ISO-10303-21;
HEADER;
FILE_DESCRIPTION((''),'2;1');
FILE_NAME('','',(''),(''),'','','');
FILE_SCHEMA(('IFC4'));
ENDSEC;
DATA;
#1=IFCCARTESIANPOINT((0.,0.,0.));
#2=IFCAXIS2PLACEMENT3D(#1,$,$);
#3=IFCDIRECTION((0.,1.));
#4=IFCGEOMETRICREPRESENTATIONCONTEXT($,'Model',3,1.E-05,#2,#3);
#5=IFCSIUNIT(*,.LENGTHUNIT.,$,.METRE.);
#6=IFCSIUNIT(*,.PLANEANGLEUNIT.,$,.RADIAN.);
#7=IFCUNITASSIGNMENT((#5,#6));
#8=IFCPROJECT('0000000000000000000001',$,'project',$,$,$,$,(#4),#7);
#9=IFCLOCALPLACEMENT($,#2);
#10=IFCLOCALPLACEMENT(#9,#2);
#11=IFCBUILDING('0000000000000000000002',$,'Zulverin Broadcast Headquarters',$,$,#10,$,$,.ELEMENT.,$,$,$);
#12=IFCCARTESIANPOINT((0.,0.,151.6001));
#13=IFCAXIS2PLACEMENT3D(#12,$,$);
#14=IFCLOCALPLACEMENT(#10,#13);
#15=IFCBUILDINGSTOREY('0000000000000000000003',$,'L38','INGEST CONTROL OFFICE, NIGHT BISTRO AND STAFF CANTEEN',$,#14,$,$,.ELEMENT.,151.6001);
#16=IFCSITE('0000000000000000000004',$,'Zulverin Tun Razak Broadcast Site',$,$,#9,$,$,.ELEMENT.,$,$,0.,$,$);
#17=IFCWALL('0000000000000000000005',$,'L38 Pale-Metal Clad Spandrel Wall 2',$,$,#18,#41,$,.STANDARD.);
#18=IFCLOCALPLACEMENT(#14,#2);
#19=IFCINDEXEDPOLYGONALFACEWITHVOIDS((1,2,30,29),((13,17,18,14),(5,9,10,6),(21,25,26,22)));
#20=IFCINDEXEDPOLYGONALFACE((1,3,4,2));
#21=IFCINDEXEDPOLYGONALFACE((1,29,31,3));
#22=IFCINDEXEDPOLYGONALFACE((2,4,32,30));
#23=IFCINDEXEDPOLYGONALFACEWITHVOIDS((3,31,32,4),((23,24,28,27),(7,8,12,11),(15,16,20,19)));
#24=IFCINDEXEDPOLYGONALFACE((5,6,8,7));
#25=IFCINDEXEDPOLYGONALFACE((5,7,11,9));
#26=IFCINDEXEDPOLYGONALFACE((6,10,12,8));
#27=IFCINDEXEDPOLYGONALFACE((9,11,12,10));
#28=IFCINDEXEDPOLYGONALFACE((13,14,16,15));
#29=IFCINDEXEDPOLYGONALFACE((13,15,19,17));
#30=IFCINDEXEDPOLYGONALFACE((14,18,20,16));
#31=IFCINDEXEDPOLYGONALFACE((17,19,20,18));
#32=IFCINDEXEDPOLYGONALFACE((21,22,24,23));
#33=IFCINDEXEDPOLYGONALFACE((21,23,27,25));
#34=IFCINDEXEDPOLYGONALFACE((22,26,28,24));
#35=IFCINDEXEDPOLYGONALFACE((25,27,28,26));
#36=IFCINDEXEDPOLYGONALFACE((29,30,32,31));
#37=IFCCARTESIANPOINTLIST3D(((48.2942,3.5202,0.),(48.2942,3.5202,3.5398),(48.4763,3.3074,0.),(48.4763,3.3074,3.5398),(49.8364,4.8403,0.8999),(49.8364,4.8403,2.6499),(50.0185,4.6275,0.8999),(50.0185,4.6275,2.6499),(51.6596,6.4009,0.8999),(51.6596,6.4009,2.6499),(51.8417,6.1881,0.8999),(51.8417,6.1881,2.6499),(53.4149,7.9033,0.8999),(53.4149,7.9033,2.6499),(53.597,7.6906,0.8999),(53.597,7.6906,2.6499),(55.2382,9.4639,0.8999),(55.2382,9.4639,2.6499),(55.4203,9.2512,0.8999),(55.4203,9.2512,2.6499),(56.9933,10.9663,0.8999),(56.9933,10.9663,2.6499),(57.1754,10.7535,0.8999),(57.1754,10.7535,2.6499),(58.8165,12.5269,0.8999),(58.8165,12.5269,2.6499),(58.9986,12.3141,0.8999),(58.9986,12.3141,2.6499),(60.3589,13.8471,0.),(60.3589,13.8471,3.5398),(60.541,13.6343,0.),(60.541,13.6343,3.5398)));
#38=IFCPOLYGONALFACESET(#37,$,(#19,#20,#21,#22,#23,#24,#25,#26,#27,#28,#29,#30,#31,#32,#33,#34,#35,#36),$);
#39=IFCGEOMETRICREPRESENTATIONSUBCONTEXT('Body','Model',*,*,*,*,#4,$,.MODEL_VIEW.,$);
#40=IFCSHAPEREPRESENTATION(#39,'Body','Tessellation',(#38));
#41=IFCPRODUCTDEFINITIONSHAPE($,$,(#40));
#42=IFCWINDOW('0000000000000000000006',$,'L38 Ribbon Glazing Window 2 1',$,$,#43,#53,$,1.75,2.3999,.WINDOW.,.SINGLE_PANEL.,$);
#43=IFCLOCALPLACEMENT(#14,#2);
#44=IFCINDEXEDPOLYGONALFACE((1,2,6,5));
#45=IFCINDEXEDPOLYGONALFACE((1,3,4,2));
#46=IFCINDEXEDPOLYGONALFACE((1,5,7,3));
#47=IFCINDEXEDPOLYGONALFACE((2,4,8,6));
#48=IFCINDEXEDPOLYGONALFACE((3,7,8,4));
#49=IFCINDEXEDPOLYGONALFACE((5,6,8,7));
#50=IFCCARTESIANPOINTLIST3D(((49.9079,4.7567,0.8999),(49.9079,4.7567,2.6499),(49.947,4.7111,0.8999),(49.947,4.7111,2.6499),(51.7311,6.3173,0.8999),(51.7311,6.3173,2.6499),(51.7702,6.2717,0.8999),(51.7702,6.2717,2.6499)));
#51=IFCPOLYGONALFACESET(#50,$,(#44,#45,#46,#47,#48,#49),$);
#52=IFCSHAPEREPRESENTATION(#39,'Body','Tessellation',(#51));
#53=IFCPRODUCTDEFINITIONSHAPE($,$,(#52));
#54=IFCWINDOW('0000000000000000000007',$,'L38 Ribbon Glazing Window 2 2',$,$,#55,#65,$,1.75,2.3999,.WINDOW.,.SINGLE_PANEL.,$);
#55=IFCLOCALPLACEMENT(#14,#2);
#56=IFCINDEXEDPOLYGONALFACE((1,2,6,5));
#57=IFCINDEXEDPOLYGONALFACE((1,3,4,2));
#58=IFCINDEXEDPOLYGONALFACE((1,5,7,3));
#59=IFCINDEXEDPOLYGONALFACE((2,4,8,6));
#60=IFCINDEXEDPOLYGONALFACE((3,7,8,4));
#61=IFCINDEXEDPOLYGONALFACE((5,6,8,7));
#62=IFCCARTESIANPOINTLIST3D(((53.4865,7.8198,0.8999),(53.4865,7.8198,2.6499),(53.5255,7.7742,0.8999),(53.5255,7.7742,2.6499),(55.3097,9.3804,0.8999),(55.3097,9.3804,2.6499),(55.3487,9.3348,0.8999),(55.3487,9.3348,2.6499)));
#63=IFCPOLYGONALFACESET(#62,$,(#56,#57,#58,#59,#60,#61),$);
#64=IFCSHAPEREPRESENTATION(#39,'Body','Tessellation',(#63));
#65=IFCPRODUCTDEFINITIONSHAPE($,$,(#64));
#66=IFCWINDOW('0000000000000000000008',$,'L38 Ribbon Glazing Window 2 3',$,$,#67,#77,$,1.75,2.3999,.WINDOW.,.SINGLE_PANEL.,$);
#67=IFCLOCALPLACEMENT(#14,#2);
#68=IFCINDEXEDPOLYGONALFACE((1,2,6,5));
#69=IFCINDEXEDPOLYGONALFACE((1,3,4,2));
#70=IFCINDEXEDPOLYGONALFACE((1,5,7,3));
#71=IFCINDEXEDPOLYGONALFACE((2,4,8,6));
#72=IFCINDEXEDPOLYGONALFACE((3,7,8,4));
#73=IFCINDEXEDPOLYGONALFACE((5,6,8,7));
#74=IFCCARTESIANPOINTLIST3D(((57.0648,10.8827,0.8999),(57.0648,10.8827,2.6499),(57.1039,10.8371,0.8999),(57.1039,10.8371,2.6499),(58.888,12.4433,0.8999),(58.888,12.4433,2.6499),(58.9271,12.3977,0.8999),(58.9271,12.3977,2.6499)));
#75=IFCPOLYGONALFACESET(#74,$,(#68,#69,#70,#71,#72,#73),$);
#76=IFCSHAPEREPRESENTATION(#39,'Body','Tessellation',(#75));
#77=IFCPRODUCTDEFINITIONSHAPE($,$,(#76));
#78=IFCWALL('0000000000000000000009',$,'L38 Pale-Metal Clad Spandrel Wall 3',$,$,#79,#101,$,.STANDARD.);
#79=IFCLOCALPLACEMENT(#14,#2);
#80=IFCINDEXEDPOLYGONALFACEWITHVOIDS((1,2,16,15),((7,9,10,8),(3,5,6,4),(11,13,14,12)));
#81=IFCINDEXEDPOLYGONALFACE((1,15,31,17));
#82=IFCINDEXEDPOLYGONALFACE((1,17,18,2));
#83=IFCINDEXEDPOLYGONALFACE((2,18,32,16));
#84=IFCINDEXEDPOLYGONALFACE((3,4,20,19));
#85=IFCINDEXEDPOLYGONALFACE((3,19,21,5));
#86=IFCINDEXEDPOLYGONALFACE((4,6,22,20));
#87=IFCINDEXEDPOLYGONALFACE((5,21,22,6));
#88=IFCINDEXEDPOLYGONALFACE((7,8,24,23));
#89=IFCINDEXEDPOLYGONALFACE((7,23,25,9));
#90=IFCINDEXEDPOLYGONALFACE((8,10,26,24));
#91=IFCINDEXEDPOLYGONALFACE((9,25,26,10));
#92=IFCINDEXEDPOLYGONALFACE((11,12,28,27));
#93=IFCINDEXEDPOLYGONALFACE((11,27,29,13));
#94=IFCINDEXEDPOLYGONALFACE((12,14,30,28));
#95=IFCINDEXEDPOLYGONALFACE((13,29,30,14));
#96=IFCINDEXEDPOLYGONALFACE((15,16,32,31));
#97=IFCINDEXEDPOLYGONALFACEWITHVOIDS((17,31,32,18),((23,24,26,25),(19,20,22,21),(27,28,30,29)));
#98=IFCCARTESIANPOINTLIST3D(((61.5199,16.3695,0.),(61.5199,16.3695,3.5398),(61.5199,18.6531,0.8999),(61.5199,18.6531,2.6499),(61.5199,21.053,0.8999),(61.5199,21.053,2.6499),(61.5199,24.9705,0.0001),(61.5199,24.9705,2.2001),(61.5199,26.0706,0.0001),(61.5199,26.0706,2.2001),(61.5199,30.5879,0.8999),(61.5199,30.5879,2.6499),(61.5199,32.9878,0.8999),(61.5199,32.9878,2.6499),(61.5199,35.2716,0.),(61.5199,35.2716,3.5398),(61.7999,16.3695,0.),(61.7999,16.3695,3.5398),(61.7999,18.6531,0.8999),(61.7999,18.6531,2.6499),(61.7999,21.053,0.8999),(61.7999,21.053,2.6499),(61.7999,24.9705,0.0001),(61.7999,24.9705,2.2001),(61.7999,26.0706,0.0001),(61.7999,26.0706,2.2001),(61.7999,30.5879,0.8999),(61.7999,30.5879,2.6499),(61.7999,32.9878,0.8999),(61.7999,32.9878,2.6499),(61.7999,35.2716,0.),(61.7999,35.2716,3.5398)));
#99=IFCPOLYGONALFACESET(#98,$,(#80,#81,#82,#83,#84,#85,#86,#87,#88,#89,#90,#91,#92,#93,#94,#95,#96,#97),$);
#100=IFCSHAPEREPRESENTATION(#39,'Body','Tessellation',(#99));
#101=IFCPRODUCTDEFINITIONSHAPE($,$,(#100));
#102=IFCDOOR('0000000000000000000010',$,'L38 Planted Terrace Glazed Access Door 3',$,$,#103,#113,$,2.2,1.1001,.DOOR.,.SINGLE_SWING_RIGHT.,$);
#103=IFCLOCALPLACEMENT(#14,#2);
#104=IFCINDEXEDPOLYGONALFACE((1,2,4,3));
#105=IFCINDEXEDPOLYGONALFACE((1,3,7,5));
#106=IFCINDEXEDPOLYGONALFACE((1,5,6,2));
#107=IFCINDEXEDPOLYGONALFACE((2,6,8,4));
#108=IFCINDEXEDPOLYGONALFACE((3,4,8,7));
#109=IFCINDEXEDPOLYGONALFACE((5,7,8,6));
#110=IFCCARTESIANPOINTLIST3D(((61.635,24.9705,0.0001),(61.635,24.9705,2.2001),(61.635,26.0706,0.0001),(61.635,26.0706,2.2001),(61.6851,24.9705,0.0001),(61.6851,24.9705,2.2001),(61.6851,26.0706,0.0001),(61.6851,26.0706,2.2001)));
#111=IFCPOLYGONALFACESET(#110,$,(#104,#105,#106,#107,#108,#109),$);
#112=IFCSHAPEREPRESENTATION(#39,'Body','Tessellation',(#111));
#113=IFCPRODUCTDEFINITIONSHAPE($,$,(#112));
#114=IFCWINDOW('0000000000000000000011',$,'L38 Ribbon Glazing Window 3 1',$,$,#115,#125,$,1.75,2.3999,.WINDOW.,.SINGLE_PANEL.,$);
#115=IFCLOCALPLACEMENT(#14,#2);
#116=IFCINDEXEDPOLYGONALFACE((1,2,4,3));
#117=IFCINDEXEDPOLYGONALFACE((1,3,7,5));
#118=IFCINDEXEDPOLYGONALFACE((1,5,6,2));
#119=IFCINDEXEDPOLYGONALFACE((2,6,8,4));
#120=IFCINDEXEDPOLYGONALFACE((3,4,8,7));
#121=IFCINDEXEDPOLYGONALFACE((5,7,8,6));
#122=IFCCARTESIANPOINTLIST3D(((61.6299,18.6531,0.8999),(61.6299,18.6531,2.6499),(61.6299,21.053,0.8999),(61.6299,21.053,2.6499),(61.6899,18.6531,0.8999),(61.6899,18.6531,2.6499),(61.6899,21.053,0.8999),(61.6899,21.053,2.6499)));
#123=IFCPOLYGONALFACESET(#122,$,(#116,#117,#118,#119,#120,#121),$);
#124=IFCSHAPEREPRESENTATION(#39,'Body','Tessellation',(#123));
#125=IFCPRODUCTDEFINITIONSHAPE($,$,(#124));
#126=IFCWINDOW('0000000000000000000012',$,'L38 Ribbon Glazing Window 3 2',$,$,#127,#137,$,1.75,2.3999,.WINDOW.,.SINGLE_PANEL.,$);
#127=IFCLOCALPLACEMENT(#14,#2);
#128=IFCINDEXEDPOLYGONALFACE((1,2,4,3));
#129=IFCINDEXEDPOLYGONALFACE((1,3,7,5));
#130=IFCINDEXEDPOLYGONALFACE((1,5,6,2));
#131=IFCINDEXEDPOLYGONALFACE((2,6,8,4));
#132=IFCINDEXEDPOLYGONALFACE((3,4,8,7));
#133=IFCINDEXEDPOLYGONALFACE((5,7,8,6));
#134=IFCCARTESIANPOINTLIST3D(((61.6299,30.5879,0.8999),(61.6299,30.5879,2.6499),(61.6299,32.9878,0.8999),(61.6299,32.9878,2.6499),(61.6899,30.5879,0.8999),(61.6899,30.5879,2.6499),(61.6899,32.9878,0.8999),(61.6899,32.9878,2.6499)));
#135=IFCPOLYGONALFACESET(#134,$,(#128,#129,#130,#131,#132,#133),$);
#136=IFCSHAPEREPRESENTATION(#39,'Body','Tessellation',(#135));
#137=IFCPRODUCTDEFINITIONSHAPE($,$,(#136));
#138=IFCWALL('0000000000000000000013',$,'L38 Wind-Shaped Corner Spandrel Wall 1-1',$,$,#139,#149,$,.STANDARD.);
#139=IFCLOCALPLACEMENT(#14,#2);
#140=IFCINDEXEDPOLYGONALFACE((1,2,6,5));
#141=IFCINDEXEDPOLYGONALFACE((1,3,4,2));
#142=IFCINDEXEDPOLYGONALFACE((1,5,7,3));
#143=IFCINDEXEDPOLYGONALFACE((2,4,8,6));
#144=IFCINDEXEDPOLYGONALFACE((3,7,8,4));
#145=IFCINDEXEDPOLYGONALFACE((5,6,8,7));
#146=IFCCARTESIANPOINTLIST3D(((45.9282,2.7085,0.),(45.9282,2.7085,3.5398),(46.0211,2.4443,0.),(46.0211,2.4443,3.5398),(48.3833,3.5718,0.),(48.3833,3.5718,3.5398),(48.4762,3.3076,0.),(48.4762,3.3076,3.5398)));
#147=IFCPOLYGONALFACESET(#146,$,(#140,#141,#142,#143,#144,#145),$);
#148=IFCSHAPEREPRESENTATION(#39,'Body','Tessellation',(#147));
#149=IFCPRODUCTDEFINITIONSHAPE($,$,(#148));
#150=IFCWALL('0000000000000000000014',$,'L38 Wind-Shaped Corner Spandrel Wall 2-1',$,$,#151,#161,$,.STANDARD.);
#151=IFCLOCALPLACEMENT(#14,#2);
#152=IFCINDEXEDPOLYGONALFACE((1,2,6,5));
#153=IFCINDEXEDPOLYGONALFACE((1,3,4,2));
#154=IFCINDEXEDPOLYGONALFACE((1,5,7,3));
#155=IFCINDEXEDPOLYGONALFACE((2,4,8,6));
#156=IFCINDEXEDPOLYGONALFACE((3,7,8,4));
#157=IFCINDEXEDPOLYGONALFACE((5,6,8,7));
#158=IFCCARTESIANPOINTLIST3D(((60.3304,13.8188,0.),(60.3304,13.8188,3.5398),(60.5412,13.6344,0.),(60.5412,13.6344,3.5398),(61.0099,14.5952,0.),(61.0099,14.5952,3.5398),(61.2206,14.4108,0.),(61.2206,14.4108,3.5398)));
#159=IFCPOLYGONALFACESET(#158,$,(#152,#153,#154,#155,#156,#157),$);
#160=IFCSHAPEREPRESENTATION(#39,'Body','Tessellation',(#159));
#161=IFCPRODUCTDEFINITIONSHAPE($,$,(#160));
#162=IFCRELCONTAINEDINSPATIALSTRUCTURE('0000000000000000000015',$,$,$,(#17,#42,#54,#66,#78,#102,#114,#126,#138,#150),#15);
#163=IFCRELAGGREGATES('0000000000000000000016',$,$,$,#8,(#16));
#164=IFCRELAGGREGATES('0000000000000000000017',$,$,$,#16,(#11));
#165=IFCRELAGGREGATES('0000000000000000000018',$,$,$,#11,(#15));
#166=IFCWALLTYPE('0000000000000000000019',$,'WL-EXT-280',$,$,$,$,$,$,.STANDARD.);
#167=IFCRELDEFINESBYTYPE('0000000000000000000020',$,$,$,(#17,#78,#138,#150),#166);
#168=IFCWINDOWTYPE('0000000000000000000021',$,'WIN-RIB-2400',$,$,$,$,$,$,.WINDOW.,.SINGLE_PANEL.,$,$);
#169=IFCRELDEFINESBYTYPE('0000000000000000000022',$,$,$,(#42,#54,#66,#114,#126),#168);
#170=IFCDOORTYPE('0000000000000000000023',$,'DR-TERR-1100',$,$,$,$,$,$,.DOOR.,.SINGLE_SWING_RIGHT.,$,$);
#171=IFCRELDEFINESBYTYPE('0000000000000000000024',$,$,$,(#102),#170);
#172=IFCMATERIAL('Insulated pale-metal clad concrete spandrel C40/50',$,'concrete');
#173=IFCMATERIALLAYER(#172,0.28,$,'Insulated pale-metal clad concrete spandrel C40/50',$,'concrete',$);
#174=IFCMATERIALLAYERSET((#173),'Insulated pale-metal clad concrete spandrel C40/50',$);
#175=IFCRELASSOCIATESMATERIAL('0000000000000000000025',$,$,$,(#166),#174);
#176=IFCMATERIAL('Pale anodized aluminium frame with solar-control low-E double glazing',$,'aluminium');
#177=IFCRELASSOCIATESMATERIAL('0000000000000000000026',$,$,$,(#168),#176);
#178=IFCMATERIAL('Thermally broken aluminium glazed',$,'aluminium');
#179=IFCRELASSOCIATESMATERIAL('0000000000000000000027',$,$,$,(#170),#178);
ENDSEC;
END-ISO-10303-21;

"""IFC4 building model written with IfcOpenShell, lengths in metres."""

from ifc_helpers import new_model, si_unit, direction, frame, frame_2d, origin, place, context, subcontext, project, spatial, rectangle, extrude, material, layer, layer_set, type_object, element, fill, save


model = new_model("IFC4")

# Units and contexts
model_context = context("Model", 3, precision=1e-05, world=origin(), true_north=direction((0.0, 1.0)))
body_context = subcontext(model_context, "Body", "Model", "MODEL_VIEW")
ifc_project = project(units=[si_unit("LENGTHUNIT", "METRE"), si_unit("PLANEANGLEUNIT", "RADIAN")], contexts=[model_context])

# Site, building, storey
site_placement = place(None, origin())
site = spatial("IfcSite", under=ifc_project, at=site_placement, Name="Zulverin Tun Razak Broadcast Site", CompositionType="ELEMENT", RefElevation=0.0)
building_placement = place(site_placement, origin())
building = spatial("IfcBuilding", under=site, at=building_placement, Name="Zulverin Broadcast Headquarters", CompositionType="ELEMENT")
storey_placement = place(building_placement, frame((0.0, 0.0, 151.6001)))
storey = spatial("IfcBuildingStorey", under=building, at=storey_placement, Name="L38", Description="INGEST CONTROL OFFICE, NIGHT BISTRO AND STAFF CANTEEN", CompositionType="ELEMENT", Elevation=151.6001)

# Wall, openings, windows
ifc_material_1 = material(Name="Insulated pale-metal clad concrete spandrel C40/50", Category="concrete")
ifc_layer_1 = layer(ifc_material_1, 0.28, Name="Insulated pale-metal clad concrete spandrel C40/50", Category="concrete")
ifc_layer_set_1 = layer_set([ifc_layer_1], Name="Insulated pale-metal clad concrete spandrel C40/50")
wall_type_1 = type_object("IfcWallType", Name="WL-EXT-280", PredefinedType="STANDARD", material=ifc_layer_set_1)
wall_1_placement = place(storey_placement, frame((48.3853, 3.4138, 0.0), z_axis=(0.0, 0.0, 1.0), x_axis=(0.7597, 0.650273, 0.0)))
wall_1 = element("IfcWall", 1, at=wall_1_placement, inside=storey, type_object=wall_type_1, Name="L38 Pale-Metal Clad Spandrel Wall 2", PredefinedType="STANDARD", context=body_context, shape_type="SweptSolid", body=[
    extrude(rectangle(XDim=15.8809, YDim=0.28, at=frame_2d((7.9404, 0.0))), origin(), (0.0, 0.0, 1.0), 3.5398),
])
opening_1_placement = place(wall_1_placement, frame((2.03, 0.0, 0.8999)))
opening_1 = element("IfcOpeningElement", 2, at=opening_1_placement, cuts=wall_1, PredefinedType="OPENING", context=body_context, shape_type="SweptSolid", body=[
    extrude(rectangle(XDim=2.3999, YDim=1.75, at=frame_2d((1.2, 0.875))), frame((0.0, 0.1499, 0.0), z_axis=(0.0, -1.0, 0.0), x_axis=(1.0, 0.0, 0.0)), (0.0, 0.0, 1.0), 0.3),
])
opening_2_placement = place(wall_1_placement, frame((6.7405, 0.0, 0.8999)))
opening_2 = element("IfcOpeningElement", 3, at=opening_2_placement, cuts=wall_1, PredefinedType="OPENING", context=body_context, shape_type="SweptSolid", body=[
    extrude(rectangle(XDim=2.3999, YDim=1.75, at=frame_2d((1.2, 0.875))), frame((0.0, 0.1499, 0.0), z_axis=(0.0, -1.0, 0.0), x_axis=(1.0, 0.0, 0.0)), (0.0, 0.0, 1.0), 0.3),
])
opening_3_placement = place(wall_1_placement, frame((11.4507, 0.0, 0.8999)))
opening_3 = element("IfcOpeningElement", 4, at=opening_3_placement, cuts=wall_1, PredefinedType="OPENING", context=body_context, shape_type="SweptSolid", body=[
    extrude(rectangle(XDim=2.3999, YDim=1.75, at=frame_2d((1.2, 0.875))), frame((0.0, 0.1499, 0.0), z_axis=(0.0, -1.0, 0.0), x_axis=(1.0, 0.0, 0.0)), (0.0, 0.0, 1.0), 0.3),
])
ifc_material_2 = material(Name="Pale anodized aluminium frame with solar-control low-E double glazing", Category="aluminium")
window_type = type_object("IfcWindowType", Name="WIN-RIB-2400", PartitioningType="SINGLE_PANEL", PredefinedType="WINDOW", material=ifc_material_2)
window_1_placement = place(opening_1_placement, origin())
window_1 = element("IfcWindow", 5, at=window_1_placement, inside=storey, type_object=window_type, Name="L38 Ribbon Glazing Window 2 1", OverallHeight=1.75, OverallWidth=2.3999, PartitioningType="SINGLE_PANEL", PredefinedType="WINDOW", context=body_context, shape_type="SweptSolid", body=[
    extrude(rectangle(XDim=2.3999, YDim=1.75, at=frame_2d((1.2, 0.875))), frame((0.0, 0.03, 0.0), z_axis=(0.0, -1.0, 0.0), x_axis=(1.0, 0.0, 0.0)), (0.0, 0.0, 1.0), 0.0601),
])
fill(opening_1, window_1)
window_2_placement = place(opening_2_placement, origin())
window_2 = element("IfcWindow", 6, at=window_2_placement, inside=storey, type_object=window_type, Name="L38 Ribbon Glazing Window 2 2", OverallHeight=1.75, OverallWidth=2.3999, PartitioningType="SINGLE_PANEL", PredefinedType="WINDOW", context=body_context, shape_type="SweptSolid", body=[
    extrude(rectangle(XDim=2.3999, YDim=1.75, at=frame_2d((1.2, 0.875))), frame((0.0, 0.03, 0.0), z_axis=(0.0, -1.0, 0.0), x_axis=(1.0, 0.0, 0.0)), (0.0, 0.0, 1.0), 0.0601),
])
fill(opening_2, window_2)
window_3_placement = place(opening_3_placement, origin())
window_3 = element("IfcWindow", 7, at=window_3_placement, inside=storey, type_object=window_type, Name="L38 Ribbon Glazing Window 2 3", OverallHeight=1.75, OverallWidth=2.3999, PartitioningType="SINGLE_PANEL", PredefinedType="WINDOW", context=body_context, shape_type="SweptSolid", body=[
    extrude(rectangle(XDim=2.3999, YDim=1.75, at=frame_2d((1.2, 0.875))), frame((0.0, 0.03, 0.0), z_axis=(0.0, -1.0, 0.0), x_axis=(1.0, 0.0, 0.0)), (0.0, 0.0, 1.0), 0.0601),
])
fill(opening_3, window_3)

# Wall, openings, door, windows
wall_2_placement = place(storey_placement, frame((61.6599, 16.3694, 0.0), z_axis=(0.0, 0.0, 1.0), x_axis=(0.0, 1.0, 0.0)))
wall_2 = element("IfcWall", 8, at=wall_2_placement, inside=storey, type_object=wall_type_1, Name="L38 Pale-Metal Clad Spandrel Wall 3", PredefinedType="STANDARD", context=body_context, shape_type="SweptSolid", body=[
    extrude(rectangle(XDim=18.9021, YDim=0.28, at=frame_2d((9.4512, 0.0))), origin(), (0.0, 0.0, 1.0), 3.5398),
])
opening_4_placement = place(wall_2_placement, frame((8.6011, 0.0, 0.0)))
opening_4 = element("IfcOpeningElement", 9, at=opening_4_placement, cuts=wall_2, PredefinedType="OPENING", context=body_context, shape_type="SweptSolid", body=[
    extrude(rectangle(XDim=1.1001, YDim=2.2, at=frame_2d((0.55, 1.1001))), frame((0.0, 0.1499, 0.0), z_axis=(0.0, -1.0, 0.0), x_axis=(1.0, 0.0, 0.0)), (0.0, 0.0, 1.0), 0.3),
])
opening_5_placement = place(wall_2_placement, frame((2.2837, 0.0, 0.8999)))
opening_5 = element("IfcOpeningElement", 10, at=opening_5_placement, cuts=wall_2, PredefinedType="OPENING", context=body_context, shape_type="SweptSolid", body=[
    extrude(rectangle(XDim=2.3999, YDim=1.75, at=frame_2d((1.2, 0.875))), frame((0.0, 0.1499, 0.0), z_axis=(0.0, -1.0, 0.0), x_axis=(1.0, 0.0, 0.0)), (0.0, 0.0, 1.0), 0.3),
])
opening_6_placement = place(wall_2_placement, frame((14.2185, 0.0, 0.8999)))
opening_6 = element("IfcOpeningElement", 11, at=opening_6_placement, cuts=wall_2, PredefinedType="OPENING", context=body_context, shape_type="SweptSolid", body=[
    extrude(rectangle(XDim=2.3999, YDim=1.75, at=frame_2d((1.2, 0.875))), frame((0.0, 0.1499, 0.0), z_axis=(0.0, -1.0, 0.0), x_axis=(1.0, 0.0, 0.0)), (0.0, 0.0, 1.0), 0.3),
])
ifc_material_3 = material(Name="Thermally broken aluminium glazed", Category="aluminium")
door_type = type_object("IfcDoorType", Name="DR-TERR-1100", OperationType="SINGLE_SWING_RIGHT", PredefinedType="DOOR", material=ifc_material_3)
door_placement = place(opening_4_placement, origin())
door = element("IfcDoor", 12, at=door_placement, inside=storey, type_object=door_type, Name="L38 Planted Terrace Glazed Access Door 3", OperationType="SINGLE_SWING_RIGHT", OverallHeight=2.2, OverallWidth=1.1001, PredefinedType="DOOR", context=body_context, shape_type="SweptSolid", body=[
    extrude(rectangle(XDim=1.1001, YDim=2.2, at=frame_2d((0.55, 1.1001))), frame((0.0, 0.0249, 0.0), z_axis=(0.0, -1.0, 0.0), x_axis=(1.0, 0.0, 0.0)), (0.0, 0.0, 1.0), 0.05),
])
fill(opening_4, door)
window_4_placement = place(opening_5_placement, origin())
window_4 = element("IfcWindow", 13, at=window_4_placement, inside=storey, type_object=window_type, Name="L38 Ribbon Glazing Window 3 1", OverallHeight=1.75, OverallWidth=2.3999, PartitioningType="SINGLE_PANEL", PredefinedType="WINDOW", context=body_context, shape_type="SweptSolid", body=[
    extrude(rectangle(XDim=2.3999, YDim=1.75, at=frame_2d((1.2, 0.875))), frame((0.0, 0.03, 0.0), z_axis=(0.0, -1.0, 0.0), x_axis=(1.0, 0.0, 0.0)), (0.0, 0.0, 1.0), 0.0601),
])
fill(opening_5, window_4)
window_5_placement = place(opening_6_placement, origin())
window_5 = element("IfcWindow", 14, at=window_5_placement, inside=storey, type_object=window_type, Name="L38 Ribbon Glazing Window 3 2", OverallHeight=1.75, OverallWidth=2.3999, PartitioningType="SINGLE_PANEL", PredefinedType="WINDOW", context=body_context, shape_type="SweptSolid", body=[
    extrude(rectangle(XDim=2.3999, YDim=1.75, at=frame_2d((1.2, 0.875))), frame((0.0, 0.03, 0.0), z_axis=(0.0, -1.0, 0.0), x_axis=(1.0, 0.0, 0.0)), (0.0, 0.0, 1.0), 0.0601),
])
fill(opening_6, window_5)

# Walls
wall_3_placement = place(storey_placement, frame((45.9746, 2.5764, 0.0), z_axis=(0.0, 0.0, 1.0), x_axis=(0.943378, 0.331721, 0.0)))
element("IfcWall", 15, at=wall_3_placement, inside=storey, type_object=wall_type_1, Name="L38 Wind-Shaped Corner Spandrel Wall 1-1", PredefinedType="STANDARD", context=body_context, shape_type="SweptSolid", body=[
    extrude(rectangle(XDim=2.6025, YDim=0.28, at=frame_2d((1.3013, 0.0))), origin(), (0.0, 0.0, 1.0), 3.5398),
])
wall_4_placement = place(storey_placement, frame((60.4358, 13.7266, 0.0), z_axis=(0.0, 0.0, 1.0), x_axis=(0.658572, 0.752518, 0.0)))
element("IfcWall", 16, at=wall_4_placement, inside=storey, type_object=wall_type_1, Name="L38 Wind-Shaped Corner Spandrel Wall 2-1", PredefinedType="STANDARD", context=body_context, shape_type="SweptSolid", body=[
    extrude(rectangle(XDim=1.0317, YDim=0.28, at=frame_2d((0.5159, 0.0))), origin(), (0.0, 0.0, 1.0), 3.5398),
])

save(model, "model.ifc")
